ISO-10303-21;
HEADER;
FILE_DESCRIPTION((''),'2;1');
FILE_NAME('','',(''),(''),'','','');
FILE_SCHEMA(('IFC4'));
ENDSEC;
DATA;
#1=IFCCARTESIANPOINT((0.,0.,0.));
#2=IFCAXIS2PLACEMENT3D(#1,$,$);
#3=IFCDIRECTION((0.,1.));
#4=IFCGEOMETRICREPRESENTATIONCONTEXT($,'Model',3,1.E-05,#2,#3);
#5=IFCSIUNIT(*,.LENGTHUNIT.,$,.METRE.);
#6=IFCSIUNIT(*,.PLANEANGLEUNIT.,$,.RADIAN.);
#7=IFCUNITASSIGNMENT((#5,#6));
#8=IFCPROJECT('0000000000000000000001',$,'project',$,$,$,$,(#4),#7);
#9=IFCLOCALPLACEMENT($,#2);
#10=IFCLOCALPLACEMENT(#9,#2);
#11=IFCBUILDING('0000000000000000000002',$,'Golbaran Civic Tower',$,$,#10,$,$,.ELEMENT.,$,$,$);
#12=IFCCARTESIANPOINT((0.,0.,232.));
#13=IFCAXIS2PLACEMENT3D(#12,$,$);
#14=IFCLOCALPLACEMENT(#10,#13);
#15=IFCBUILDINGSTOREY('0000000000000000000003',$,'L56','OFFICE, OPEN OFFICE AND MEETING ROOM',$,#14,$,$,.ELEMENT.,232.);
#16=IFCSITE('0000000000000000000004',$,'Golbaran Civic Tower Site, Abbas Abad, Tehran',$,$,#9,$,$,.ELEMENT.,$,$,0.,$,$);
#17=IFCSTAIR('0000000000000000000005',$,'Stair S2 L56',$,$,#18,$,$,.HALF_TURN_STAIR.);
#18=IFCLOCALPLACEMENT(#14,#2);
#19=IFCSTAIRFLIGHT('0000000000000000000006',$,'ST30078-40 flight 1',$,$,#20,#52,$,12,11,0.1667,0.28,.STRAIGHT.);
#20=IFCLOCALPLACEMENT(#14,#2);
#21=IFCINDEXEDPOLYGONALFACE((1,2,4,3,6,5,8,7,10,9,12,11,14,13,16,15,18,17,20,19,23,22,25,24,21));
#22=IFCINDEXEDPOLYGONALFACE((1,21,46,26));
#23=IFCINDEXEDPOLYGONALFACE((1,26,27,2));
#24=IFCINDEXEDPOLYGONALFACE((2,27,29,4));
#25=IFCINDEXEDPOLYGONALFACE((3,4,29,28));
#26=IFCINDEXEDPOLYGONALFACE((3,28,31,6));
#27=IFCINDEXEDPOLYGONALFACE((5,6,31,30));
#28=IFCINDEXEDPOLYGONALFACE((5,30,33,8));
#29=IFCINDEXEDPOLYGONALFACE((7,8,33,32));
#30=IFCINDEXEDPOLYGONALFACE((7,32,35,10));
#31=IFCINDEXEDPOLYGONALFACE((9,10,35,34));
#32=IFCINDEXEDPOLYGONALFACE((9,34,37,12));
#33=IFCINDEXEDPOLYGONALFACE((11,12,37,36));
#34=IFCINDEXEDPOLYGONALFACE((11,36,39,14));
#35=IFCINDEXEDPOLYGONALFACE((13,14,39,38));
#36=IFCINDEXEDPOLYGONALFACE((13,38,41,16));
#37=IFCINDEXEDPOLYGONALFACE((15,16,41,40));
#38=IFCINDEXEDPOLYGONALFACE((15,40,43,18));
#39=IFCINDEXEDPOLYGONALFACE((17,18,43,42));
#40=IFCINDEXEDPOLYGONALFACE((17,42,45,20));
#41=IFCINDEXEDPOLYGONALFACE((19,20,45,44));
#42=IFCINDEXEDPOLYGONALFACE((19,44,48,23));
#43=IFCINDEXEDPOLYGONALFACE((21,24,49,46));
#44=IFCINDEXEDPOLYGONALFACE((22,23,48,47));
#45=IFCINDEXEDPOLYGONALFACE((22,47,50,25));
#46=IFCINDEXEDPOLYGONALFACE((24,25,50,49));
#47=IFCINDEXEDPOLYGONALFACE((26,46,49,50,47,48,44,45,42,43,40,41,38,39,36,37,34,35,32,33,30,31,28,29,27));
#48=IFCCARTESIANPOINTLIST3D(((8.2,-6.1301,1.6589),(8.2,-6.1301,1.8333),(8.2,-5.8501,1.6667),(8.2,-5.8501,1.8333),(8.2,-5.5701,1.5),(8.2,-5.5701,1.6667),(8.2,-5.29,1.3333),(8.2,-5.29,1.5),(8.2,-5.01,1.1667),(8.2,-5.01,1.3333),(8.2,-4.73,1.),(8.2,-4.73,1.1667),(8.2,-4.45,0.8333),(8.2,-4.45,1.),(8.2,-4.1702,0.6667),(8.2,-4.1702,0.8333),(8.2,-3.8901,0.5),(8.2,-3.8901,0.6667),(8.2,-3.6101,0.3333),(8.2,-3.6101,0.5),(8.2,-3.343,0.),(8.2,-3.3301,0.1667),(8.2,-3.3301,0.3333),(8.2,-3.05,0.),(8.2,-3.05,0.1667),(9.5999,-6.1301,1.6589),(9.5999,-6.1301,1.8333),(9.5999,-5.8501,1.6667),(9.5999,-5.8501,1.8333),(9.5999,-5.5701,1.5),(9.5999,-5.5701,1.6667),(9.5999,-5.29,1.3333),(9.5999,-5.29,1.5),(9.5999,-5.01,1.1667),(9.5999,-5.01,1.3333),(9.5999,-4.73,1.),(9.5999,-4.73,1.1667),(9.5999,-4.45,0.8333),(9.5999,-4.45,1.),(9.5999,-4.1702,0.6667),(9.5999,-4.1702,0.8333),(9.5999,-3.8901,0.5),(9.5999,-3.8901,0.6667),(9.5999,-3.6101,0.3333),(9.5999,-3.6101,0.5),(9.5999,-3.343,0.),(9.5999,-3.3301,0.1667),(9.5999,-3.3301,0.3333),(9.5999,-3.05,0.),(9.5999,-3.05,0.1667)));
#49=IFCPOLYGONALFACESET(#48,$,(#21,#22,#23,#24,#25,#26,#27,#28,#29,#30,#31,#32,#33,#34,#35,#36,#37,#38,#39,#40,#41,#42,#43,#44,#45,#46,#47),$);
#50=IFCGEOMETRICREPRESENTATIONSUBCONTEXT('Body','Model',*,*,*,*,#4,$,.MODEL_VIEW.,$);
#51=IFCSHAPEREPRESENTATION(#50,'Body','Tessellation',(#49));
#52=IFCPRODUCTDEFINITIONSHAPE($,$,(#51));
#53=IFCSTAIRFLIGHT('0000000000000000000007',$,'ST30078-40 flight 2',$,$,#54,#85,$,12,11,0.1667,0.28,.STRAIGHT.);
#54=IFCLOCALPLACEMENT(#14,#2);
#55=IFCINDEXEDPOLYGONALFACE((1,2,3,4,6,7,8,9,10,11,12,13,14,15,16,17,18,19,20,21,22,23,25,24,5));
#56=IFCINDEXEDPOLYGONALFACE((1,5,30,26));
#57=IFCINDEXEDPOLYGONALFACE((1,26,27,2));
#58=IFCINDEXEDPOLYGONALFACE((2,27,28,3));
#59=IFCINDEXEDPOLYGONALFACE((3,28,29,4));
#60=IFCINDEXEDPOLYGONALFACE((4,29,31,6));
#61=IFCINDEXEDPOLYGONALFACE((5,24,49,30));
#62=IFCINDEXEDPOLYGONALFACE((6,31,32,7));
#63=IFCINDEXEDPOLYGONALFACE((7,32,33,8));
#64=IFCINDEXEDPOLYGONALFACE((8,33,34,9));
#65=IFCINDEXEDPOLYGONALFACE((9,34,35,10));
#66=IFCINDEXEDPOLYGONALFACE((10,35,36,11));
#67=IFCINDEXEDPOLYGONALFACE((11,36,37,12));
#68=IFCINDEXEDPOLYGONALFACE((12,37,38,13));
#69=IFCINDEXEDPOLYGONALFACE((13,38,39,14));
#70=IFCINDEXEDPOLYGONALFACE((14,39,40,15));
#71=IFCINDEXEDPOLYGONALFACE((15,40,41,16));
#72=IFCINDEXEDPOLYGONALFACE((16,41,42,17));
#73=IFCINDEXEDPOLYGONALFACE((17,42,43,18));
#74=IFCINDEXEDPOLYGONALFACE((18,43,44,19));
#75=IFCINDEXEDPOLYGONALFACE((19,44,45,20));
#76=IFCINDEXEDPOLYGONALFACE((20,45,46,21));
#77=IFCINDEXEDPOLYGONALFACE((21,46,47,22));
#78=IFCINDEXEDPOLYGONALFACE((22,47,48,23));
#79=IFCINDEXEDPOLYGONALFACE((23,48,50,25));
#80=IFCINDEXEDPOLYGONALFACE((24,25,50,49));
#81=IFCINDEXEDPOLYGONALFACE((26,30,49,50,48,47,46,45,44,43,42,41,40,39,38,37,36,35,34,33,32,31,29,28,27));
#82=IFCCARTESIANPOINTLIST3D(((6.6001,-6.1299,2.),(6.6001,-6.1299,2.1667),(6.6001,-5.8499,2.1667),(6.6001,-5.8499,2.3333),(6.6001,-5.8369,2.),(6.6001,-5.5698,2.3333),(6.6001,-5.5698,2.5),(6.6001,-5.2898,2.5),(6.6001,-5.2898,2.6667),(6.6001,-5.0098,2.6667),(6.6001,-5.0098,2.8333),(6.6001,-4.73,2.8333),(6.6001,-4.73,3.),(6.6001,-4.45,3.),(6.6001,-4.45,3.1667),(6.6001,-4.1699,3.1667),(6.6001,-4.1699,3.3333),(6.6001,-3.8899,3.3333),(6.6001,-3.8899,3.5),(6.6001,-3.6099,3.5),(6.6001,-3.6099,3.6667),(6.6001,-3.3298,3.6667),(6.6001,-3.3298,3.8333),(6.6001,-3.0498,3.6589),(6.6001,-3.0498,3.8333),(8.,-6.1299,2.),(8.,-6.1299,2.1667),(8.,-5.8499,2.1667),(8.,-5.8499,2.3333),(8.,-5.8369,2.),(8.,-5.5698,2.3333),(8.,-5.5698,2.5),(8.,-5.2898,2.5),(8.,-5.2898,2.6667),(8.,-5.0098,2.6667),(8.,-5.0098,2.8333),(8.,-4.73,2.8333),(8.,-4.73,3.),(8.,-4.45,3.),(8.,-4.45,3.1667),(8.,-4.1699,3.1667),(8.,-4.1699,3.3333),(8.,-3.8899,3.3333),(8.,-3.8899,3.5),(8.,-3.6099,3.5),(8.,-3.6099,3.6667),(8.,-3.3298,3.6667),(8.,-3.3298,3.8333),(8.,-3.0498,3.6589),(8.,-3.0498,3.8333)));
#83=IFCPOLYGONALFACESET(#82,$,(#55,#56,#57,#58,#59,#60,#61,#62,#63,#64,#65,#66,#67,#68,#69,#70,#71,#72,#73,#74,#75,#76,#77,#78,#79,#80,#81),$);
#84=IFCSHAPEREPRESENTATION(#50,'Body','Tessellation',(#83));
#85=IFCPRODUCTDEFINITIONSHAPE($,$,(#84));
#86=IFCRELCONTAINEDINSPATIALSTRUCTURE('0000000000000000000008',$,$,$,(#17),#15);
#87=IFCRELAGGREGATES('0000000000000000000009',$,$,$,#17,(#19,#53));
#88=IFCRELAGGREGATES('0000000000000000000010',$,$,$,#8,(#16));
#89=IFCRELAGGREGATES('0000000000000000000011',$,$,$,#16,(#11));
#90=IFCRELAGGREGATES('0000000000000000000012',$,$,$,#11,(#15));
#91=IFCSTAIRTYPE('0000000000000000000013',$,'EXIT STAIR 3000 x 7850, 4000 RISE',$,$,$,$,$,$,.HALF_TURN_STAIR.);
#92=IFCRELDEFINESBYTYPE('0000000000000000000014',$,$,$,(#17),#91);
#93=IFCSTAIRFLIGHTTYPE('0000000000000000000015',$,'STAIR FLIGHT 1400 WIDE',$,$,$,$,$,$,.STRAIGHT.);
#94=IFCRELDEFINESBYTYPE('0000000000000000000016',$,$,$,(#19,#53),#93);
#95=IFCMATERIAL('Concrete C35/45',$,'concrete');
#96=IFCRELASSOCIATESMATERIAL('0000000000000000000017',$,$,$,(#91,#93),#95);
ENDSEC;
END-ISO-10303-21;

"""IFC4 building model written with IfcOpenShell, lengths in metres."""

from ifc_helpers import new_model, si_unit, direction, frame, origin, place, context, subcontext, project, spatial, polyline, outline, extrude, material, type_object, element, aggregate, save


model = new_model("IFC4")

# Units and contexts
model_context = context("Model", 3, precision=1e-05, world=origin(), true_north=direction((0.0, 1.0)))
body_context = subcontext(model_context, "Body", "Model", "MODEL_VIEW")
ifc_project = project(units=[si_unit("LENGTHUNIT", "METRE"), si_unit("PLANEANGLEUNIT", "RADIAN")], contexts=[model_context])

# Site, building, storey
site_placement = place(None, origin())
site = spatial("IfcSite", under=ifc_project, at=site_placement, Name="Golbaran Civic Tower Site, Abbas Abad, Tehran", CompositionType="ELEMENT", RefElevation=0.0)
building_placement = place(site_placement, origin())
building = spatial("IfcBuilding", under=site, at=building_placement, Name="Golbaran Civic Tower", CompositionType="ELEMENT")
storey_placement = place(building_placement, frame((0.0, 0.0, 232.0)))
storey = spatial("IfcBuildingStorey", under=building, at=storey_placement, Name="L56", Description="OFFICE, OPEN OFFICE AND MEETING ROOM", CompositionType="ELEMENT", Elevation=232.0)

# Shared definitions
ifc_material_1 = material(Name="Concrete C35/45", Category="concrete")
stair_type = type_object("IfcStairType", Name="EXIT STAIR 3000 x 7850, 4000 RISE", PredefinedType="HALF_TURN_STAIR", material=ifc_material_1)

# Stair
stair_1_placement = place(storey_placement, origin())
stair_1 = element("IfcStair", 1, at=stair_1_placement, inside=storey, type_object=stair_type, Name="Stair S2 L56", PredefinedType="HALF_TURN_STAIR")

# Stair flights
stair_flight_type = type_object("IfcStairFlightType", Name="STAIR FLIGHT 1400 WIDE", PredefinedType="STRAIGHT", material=ifc_material_1)
stair_flight_1_placement = place(storey_placement, frame((8.8999, -3.05, 0.0), z_axis=(0.0, 0.0, 1.0), x_axis=(0.0, -1.0, 0.0)))
stair_flight_1 = element("IfcStairFlight", 2, at=stair_flight_1_placement, type_object=stair_flight_type, Name="ST30078-40 flight 1", NumberOfRisers=12, NumberOfTreads=11, PredefinedType="STRAIGHT", RiserHeight=0.1667, TreadLength=0.28, context=body_context, shape_type="SweptSolid", body=[
    extrude(outline(polyline([(0.0, 0.0), (0.0, 0.1667), (0.28, 0.1667), (0.28, 0.3333), (0.5601, 0.3333), (0.5601, 0.5), (0.8401, 0.5), (0.8401, 0.6667), (1.1201, 0.6667), (1.1201, 0.8333), (1.3999, 0.8333), (1.3999, 1.0), (1.6799, 1.0), (1.6799, 1.1667), (1.96, 1.1667), (1.96, 1.3333), (2.24, 1.3333), (2.24, 1.5), (2.52, 1.5), (2.52, 1.6667), (2.8, 1.6667), (2.8, 1.8333), (3.0801, 1.8333), (3.0801, 2.0), (3.0801, 1.6589), (0.293, 0.0), (0.0, 0.0)])), frame((0.0, 0.7, 0.0), z_axis=(0.0, -1.0, 0.0), x_axis=(1.0, 0.0, 0.0)), (0.0, 0.0, 1.0), 1.3999),
])
stair_flight_2_placement = place(storey_placement, frame((7.3, -6.1299, 2.0), z_axis=(0.0, 0.0, 1.0), x_axis=(0.0, 1.0, 0.0)))
stair_flight_2 = element("IfcStairFlight", 3, at=stair_flight_2_placement, type_object=stair_flight_type, Name="ST30078-40 flight 2", NumberOfRisers=12, NumberOfTreads=11, PredefinedType="STRAIGHT", RiserHeight=0.1667, TreadLength=0.28, context=body_context, shape_type="SweptSolid", body=[
    extrude(outline(polyline([(0.0, 0.0), (0.0, 0.1667), (0.28, 0.1667), (0.28, 0.3333), (0.5601, 0.3333), (0.5601, 0.5), (0.8401, 0.5), (0.8401, 0.6667), (1.1201, 0.6667), (1.1201, 0.8333), (1.3999, 0.8333), (1.3999, 1.0), (1.6799, 1.0), (1.6799, 1.1667), (1.96, 1.1667), (1.96, 1.3333), (2.24, 1.3333), (2.24, 1.5), (2.52, 1.5), (2.52, 1.6667), (2.8, 1.6667), (2.8, 1.8333), (3.0801, 1.8333), (3.0801, 2.0), (3.0801, 1.6589), (0.293, 0.0), (0.0, 0.0)])), frame((0.0, 0.7, 0.0), z_axis=(0.0, -1.0, 0.0), x_axis=(1.0, 0.0, 0.0)), (0.0, 0.0, 1.0), 1.3999),
])
aggregate(stair_1, [stair_flight_1, stair_flight_2])

save(model, "model.ifc")
